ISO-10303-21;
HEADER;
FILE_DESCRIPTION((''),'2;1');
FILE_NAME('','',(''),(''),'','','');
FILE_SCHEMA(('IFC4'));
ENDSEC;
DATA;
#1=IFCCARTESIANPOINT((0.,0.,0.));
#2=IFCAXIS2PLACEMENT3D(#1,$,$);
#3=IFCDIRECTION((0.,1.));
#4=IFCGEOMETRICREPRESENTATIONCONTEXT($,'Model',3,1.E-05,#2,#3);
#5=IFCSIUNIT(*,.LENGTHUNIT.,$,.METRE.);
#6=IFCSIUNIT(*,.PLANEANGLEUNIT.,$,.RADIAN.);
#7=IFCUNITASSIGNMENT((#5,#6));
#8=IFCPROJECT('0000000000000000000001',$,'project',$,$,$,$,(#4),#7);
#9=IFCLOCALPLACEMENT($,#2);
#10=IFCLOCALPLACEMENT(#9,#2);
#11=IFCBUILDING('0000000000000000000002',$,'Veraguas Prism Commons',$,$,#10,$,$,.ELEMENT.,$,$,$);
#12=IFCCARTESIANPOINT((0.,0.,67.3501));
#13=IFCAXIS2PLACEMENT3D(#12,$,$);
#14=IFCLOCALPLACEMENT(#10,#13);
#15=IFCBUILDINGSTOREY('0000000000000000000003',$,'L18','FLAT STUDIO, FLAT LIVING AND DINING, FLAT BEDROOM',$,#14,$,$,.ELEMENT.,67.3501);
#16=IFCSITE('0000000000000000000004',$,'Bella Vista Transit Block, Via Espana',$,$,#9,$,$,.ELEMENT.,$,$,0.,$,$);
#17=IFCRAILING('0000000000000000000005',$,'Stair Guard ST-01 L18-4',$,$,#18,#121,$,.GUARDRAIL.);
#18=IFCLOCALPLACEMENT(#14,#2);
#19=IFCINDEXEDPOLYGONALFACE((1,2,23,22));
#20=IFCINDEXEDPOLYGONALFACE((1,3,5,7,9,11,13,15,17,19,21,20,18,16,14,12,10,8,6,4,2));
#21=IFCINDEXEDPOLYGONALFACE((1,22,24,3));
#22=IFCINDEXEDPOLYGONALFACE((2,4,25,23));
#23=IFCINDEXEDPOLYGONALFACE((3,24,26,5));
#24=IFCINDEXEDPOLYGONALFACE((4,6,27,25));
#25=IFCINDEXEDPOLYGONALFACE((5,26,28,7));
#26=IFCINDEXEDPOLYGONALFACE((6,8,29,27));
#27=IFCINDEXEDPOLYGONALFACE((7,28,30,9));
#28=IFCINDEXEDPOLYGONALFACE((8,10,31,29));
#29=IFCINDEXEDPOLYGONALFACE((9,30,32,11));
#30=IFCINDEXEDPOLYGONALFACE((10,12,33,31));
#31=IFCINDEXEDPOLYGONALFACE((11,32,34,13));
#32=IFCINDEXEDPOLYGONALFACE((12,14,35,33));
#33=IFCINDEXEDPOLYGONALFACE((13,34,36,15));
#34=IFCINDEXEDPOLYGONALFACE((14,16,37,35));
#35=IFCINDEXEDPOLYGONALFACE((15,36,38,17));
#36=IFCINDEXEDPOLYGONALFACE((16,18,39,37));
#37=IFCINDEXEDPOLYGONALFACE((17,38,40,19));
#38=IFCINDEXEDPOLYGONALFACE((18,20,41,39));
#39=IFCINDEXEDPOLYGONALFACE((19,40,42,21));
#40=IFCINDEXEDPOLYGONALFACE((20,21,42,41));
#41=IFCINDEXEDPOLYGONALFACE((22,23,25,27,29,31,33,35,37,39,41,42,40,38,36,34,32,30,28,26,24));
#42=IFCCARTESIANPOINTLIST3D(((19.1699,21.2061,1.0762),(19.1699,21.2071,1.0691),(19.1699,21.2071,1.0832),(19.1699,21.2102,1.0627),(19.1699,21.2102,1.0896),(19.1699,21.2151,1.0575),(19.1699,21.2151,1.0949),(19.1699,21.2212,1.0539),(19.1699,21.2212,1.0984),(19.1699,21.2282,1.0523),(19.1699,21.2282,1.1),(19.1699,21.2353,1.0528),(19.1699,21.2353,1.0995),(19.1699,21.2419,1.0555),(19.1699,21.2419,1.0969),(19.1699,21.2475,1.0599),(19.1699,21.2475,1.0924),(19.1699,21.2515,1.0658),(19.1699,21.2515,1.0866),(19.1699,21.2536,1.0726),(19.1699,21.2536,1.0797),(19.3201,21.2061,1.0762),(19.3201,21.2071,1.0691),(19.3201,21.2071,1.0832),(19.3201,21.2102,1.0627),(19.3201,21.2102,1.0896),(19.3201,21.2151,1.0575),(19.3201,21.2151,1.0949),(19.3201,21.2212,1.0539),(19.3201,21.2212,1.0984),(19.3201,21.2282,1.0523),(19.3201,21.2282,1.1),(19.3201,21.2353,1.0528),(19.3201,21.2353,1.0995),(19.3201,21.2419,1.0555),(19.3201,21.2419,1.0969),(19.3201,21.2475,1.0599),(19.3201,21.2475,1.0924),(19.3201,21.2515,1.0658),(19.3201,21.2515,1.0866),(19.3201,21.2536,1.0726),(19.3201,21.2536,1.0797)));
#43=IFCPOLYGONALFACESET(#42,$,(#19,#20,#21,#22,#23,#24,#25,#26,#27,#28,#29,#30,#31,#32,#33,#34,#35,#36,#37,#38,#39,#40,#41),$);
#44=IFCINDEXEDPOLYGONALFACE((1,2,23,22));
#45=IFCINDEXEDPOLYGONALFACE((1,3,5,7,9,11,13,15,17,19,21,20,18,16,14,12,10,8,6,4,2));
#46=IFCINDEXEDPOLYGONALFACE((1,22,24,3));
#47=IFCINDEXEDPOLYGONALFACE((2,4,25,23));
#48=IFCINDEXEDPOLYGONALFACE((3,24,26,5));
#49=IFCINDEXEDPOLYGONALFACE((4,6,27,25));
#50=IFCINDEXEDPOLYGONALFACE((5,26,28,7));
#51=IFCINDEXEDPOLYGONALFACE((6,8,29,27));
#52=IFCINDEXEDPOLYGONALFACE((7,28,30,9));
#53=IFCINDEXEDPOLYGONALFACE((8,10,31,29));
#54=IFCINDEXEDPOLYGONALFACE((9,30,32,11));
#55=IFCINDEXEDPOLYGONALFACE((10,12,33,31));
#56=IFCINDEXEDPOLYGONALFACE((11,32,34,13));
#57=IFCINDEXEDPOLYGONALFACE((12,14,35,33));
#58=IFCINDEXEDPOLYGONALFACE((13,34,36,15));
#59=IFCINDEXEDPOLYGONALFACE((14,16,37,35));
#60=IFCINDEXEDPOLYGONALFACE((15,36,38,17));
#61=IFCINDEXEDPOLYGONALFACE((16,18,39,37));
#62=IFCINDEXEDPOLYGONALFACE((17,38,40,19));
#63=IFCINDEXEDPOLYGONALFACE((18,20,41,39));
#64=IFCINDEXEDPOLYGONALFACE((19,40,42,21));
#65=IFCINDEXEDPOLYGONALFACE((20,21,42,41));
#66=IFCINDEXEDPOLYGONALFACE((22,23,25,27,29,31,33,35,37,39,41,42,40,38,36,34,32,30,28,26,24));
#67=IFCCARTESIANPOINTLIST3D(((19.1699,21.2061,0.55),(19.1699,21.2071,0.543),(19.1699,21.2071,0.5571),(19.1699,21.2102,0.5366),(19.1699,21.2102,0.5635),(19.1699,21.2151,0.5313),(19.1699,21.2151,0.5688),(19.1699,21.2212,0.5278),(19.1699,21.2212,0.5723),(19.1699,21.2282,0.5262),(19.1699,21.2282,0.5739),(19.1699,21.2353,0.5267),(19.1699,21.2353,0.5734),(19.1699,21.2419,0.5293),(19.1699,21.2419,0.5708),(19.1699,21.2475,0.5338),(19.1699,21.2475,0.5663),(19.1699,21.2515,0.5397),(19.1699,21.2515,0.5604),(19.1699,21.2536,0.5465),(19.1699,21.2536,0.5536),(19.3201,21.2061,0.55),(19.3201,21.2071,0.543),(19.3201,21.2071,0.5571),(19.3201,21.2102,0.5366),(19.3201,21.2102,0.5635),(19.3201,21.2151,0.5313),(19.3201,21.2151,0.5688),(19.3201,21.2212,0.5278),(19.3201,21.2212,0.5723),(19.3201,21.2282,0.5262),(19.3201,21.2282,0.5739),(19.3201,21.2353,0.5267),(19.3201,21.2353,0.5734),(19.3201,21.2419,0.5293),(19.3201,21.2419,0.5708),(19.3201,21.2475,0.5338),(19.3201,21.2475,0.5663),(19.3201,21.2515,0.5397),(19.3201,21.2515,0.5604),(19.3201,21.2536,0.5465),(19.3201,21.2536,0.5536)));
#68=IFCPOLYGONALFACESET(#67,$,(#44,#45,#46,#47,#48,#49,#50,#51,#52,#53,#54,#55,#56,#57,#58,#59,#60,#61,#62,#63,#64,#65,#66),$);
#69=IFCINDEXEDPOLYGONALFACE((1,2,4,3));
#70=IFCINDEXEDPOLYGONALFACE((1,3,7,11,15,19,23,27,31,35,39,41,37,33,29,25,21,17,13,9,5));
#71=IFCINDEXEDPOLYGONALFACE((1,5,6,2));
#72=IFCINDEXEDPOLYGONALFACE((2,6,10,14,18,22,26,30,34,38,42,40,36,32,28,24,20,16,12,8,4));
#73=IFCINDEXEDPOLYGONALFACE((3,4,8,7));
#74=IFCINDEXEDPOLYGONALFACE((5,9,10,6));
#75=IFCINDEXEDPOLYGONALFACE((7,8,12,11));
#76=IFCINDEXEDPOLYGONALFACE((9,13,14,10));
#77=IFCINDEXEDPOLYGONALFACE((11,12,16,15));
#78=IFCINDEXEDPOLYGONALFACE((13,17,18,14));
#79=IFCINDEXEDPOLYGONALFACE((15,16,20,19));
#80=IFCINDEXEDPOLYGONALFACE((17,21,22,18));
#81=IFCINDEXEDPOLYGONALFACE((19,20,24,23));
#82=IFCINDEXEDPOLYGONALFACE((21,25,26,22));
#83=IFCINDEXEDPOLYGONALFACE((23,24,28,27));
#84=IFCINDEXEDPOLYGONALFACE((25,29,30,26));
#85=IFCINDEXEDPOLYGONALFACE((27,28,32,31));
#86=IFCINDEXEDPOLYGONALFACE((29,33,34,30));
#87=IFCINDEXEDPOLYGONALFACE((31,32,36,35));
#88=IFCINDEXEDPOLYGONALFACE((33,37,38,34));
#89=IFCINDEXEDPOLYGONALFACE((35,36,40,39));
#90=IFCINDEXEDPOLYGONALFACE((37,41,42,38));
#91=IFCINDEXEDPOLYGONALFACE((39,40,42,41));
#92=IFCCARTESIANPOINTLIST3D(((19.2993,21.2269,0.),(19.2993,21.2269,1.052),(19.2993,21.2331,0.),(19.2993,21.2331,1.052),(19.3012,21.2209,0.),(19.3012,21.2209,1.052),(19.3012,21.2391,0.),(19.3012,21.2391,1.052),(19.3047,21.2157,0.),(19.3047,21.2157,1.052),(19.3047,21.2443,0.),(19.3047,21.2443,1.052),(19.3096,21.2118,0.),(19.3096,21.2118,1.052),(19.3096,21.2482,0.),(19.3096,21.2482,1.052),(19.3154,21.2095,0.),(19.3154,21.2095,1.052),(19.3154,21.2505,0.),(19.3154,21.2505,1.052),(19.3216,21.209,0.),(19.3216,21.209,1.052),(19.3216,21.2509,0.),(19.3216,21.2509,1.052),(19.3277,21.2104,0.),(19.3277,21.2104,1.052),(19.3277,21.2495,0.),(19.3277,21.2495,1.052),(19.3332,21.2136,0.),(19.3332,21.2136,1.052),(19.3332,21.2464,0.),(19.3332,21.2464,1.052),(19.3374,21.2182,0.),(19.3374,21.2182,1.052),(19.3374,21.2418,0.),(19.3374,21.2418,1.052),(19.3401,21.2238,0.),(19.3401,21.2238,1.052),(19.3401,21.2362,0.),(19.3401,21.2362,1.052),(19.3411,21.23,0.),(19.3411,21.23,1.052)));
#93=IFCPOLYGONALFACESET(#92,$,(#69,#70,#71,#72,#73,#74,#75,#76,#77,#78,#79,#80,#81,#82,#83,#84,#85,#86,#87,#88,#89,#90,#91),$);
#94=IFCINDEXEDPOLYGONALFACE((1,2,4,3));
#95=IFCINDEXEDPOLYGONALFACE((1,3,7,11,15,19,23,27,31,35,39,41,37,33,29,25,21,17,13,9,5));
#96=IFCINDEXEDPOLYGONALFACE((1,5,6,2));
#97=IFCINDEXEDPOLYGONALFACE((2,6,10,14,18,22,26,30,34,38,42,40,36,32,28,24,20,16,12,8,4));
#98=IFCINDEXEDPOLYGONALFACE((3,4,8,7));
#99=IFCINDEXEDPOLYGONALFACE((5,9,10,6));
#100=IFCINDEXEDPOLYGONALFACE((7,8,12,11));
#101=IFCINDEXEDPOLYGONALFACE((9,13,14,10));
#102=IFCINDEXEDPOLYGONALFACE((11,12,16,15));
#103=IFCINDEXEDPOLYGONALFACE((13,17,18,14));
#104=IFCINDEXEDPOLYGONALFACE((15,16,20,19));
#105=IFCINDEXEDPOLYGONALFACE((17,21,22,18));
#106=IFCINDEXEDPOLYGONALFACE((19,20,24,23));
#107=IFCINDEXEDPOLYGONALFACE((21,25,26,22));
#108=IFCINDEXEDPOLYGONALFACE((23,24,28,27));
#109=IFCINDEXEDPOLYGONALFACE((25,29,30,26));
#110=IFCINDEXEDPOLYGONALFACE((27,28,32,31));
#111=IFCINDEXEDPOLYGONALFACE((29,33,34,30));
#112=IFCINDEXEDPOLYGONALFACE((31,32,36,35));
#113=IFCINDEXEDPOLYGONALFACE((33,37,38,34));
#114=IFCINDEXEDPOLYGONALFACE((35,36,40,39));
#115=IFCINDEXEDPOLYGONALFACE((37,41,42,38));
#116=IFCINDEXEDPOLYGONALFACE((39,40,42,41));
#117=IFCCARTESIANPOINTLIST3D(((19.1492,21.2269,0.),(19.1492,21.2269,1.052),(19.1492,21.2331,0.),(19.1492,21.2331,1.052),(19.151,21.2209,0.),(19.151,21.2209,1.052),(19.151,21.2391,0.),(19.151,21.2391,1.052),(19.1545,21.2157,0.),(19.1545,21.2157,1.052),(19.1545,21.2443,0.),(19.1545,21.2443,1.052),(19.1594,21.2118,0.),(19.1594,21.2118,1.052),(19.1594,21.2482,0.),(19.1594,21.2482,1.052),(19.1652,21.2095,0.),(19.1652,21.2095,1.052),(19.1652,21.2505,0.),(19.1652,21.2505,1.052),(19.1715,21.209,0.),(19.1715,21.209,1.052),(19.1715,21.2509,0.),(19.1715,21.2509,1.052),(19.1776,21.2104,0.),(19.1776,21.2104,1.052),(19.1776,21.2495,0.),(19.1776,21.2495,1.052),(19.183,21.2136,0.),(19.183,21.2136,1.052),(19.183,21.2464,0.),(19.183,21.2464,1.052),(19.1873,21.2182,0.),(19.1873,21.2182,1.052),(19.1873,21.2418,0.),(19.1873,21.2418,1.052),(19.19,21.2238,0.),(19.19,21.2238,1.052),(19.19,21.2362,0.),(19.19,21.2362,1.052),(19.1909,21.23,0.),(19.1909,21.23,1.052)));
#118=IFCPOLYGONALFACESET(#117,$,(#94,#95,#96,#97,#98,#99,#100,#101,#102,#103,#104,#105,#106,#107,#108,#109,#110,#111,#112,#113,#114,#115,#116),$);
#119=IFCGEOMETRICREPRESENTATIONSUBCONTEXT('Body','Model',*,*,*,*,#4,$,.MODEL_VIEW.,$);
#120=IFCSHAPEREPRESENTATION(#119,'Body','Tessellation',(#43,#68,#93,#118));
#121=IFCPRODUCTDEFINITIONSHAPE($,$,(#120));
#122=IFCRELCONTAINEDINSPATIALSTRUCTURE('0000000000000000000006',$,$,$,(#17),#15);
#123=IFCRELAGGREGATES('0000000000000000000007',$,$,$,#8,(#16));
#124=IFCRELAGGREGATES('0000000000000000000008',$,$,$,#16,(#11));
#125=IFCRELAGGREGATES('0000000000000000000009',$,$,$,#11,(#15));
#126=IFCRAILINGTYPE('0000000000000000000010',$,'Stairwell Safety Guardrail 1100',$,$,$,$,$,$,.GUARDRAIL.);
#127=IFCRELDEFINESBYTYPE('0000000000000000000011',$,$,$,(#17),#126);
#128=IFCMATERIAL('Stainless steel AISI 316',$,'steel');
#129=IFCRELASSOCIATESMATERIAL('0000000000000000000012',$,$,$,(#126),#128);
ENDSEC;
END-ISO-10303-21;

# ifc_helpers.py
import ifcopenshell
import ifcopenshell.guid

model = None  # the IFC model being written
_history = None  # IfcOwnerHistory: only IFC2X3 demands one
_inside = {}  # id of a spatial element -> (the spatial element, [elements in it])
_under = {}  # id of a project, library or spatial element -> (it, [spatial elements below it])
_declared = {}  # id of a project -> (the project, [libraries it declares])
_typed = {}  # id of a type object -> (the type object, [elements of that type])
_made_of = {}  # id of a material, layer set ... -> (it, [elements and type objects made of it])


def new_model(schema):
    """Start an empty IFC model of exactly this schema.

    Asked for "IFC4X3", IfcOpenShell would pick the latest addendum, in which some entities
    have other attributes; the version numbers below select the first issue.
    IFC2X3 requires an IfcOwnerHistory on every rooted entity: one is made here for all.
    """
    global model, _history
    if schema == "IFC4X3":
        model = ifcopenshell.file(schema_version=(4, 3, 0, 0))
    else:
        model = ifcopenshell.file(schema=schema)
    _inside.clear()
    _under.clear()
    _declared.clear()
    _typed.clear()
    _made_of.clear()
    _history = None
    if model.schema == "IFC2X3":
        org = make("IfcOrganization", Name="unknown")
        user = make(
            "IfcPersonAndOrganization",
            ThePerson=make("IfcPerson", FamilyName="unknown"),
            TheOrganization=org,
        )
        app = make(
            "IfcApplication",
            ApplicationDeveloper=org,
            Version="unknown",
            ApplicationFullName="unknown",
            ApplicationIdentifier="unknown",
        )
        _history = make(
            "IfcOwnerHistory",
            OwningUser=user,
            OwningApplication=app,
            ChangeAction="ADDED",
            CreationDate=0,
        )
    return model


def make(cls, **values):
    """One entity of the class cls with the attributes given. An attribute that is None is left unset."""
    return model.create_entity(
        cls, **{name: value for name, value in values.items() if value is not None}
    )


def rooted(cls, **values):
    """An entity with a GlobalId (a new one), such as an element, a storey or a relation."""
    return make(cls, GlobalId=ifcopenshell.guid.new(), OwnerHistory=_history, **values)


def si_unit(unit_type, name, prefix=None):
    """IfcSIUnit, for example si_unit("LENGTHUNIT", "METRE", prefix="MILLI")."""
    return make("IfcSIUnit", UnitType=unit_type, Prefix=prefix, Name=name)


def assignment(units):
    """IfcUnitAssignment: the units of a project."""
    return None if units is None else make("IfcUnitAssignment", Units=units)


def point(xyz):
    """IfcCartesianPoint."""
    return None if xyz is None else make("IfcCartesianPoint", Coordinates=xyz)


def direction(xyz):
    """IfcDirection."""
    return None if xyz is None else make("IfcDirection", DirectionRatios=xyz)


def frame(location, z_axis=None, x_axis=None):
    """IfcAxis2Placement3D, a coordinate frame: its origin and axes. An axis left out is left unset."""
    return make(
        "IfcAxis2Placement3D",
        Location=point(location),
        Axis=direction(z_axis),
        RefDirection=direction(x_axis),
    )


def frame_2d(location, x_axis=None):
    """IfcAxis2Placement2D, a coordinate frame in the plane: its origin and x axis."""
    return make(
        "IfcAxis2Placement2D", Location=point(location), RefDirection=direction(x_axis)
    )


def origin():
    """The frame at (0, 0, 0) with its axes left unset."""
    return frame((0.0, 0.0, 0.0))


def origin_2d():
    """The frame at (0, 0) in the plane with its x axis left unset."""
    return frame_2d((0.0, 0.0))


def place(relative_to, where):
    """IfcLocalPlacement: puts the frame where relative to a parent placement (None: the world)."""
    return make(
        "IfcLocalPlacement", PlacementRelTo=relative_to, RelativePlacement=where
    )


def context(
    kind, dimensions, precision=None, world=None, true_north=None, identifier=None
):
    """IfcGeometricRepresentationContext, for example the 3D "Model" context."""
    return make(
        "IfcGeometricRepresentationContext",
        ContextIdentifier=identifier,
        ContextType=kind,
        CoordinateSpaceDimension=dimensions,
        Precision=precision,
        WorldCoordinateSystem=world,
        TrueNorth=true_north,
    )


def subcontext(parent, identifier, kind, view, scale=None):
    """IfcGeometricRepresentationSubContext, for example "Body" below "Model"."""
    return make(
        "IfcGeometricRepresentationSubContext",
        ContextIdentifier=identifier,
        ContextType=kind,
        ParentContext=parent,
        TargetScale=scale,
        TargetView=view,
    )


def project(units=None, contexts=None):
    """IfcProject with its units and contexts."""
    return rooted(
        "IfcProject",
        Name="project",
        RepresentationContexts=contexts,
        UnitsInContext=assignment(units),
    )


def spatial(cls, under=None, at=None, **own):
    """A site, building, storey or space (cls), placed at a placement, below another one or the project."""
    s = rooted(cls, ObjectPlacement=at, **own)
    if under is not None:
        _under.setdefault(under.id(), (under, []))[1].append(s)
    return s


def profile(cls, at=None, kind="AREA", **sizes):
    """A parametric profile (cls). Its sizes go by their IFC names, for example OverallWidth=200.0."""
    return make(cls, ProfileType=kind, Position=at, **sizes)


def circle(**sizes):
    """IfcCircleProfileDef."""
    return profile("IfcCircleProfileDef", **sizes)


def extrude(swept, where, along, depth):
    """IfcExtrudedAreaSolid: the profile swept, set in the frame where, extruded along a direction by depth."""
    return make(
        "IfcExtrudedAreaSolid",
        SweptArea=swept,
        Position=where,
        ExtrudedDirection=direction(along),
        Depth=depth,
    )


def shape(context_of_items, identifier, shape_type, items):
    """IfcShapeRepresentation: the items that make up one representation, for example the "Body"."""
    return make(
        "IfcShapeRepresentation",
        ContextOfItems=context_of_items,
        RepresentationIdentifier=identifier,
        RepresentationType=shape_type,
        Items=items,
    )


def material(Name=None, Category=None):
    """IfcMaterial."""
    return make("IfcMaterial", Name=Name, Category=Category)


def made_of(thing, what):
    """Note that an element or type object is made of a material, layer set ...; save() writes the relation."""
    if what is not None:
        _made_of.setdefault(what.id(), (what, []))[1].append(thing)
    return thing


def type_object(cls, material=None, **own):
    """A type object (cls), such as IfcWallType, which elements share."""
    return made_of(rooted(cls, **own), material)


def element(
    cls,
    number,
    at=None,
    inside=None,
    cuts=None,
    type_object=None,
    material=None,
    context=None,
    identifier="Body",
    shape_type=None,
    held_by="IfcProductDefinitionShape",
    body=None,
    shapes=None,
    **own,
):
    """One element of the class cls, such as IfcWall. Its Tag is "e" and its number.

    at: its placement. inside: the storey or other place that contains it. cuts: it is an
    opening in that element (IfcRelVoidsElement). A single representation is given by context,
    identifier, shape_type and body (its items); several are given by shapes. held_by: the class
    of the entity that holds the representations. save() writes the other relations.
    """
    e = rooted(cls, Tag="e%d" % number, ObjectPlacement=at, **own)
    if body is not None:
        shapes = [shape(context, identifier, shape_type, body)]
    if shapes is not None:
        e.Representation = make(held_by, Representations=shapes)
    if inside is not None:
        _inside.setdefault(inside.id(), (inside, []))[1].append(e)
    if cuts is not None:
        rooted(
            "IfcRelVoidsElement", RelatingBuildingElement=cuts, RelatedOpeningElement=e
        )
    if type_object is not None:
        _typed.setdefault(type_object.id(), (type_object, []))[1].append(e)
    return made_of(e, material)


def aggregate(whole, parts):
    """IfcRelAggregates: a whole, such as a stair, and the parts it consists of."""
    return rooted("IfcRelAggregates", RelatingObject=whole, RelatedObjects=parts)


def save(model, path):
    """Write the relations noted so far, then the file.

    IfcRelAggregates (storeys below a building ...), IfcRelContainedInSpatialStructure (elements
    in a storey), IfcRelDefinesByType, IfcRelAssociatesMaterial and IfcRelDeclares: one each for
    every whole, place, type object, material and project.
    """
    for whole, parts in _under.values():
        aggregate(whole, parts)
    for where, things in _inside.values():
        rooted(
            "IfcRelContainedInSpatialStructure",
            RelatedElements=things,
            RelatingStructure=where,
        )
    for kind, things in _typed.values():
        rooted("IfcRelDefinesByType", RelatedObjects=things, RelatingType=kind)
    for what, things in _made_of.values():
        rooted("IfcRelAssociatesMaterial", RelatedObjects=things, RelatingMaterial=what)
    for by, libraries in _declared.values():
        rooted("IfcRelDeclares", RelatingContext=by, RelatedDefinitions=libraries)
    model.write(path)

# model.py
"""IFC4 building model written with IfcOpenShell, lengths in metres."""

from ifc_helpers import new_model, si_unit, direction, frame, origin, origin_2d, place, context, subcontext, project, spatial, circle, extrude, material, type_object, element, save


model = new_model("IFC4")

# Units and contexts
model_context = context("Model", 3, precision=1e-05, world=origin(), true_north=direction((0.0, 1.0)))
body_context = subcontext(model_context, "Body", "Model", "MODEL_VIEW")
ifc_project = project(units=[si_unit("LENGTHUNIT", "METRE"), si_unit("PLANEANGLEUNIT", "RADIAN")], contexts=[model_context])

# Site, building, storey
site_placement = place(None, origin())
site = spatial("IfcSite", under=ifc_project, at=site_placement, Name="Bella Vista Transit Block, Via Espana", CompositionType="ELEMENT", RefElevation=0.0)
building_placement = place(site_placement, origin())
building = spatial("IfcBuilding", under=site, at=building_placement, Name="Veraguas Prism Commons", CompositionType="ELEMENT")
storey_placement = place(building_placement, frame((0.0, 0.0, 67.3501)))
storey = spatial("IfcBuildingStorey", under=building, at=storey_placement, Name="L18", Description="FLAT STUDIO, FLAT LIVING AND DINING, FLAT BEDROOM", CompositionType="ELEMENT", Elevation=67.3501)

# Railing
ifc_material_1 = material(Name="Stainless steel AISI 316", Category="steel")
railing_type_1 = type_object("IfcRailingType", Name="Stairwell Safety Guardrail 1100", PredefinedType="GUARDRAIL", material=ifc_material_1)
railing_1_placement = place(storey_placement, frame((19.3201, 21.23, 0.0)))
element("IfcRailing", 1, at=railing_1_placement, inside=storey, type_object=railing_type_1, Name="Stair Guard ST-01 L18-4", PredefinedType="GUARDRAIL", context=body_context, shape_type="SweptSolid", body=[
    extrude(circle(Radius=0.0239, at=origin_2d()), frame((0.0, 0.0, 1.0762), z_axis=(-1.0, 0.0, 0.0), x_axis=(0.0, -1.0, 0.0)), (0.0, 0.0, 1.0), 0.1501),
    extrude(circle(Radius=0.0239, at=origin_2d()), frame((0.0, 0.0, 0.55), z_axis=(-1.0, 0.0, 0.0), x_axis=(0.0, -1.0, 0.0)), (0.0, 0.0, 1.0), 0.1501),
    extrude(circle(Radius=0.021, at=origin_2d()), origin(), (0.0, 0.0, 1.0), 1.052),
    extrude(circle(Radius=0.021, at=origin_2d()), frame((-0.1501, 0.0, 0.0)), (0.0, 0.0, 1.0), 1.052),
])

save(model, "model.ifc")
